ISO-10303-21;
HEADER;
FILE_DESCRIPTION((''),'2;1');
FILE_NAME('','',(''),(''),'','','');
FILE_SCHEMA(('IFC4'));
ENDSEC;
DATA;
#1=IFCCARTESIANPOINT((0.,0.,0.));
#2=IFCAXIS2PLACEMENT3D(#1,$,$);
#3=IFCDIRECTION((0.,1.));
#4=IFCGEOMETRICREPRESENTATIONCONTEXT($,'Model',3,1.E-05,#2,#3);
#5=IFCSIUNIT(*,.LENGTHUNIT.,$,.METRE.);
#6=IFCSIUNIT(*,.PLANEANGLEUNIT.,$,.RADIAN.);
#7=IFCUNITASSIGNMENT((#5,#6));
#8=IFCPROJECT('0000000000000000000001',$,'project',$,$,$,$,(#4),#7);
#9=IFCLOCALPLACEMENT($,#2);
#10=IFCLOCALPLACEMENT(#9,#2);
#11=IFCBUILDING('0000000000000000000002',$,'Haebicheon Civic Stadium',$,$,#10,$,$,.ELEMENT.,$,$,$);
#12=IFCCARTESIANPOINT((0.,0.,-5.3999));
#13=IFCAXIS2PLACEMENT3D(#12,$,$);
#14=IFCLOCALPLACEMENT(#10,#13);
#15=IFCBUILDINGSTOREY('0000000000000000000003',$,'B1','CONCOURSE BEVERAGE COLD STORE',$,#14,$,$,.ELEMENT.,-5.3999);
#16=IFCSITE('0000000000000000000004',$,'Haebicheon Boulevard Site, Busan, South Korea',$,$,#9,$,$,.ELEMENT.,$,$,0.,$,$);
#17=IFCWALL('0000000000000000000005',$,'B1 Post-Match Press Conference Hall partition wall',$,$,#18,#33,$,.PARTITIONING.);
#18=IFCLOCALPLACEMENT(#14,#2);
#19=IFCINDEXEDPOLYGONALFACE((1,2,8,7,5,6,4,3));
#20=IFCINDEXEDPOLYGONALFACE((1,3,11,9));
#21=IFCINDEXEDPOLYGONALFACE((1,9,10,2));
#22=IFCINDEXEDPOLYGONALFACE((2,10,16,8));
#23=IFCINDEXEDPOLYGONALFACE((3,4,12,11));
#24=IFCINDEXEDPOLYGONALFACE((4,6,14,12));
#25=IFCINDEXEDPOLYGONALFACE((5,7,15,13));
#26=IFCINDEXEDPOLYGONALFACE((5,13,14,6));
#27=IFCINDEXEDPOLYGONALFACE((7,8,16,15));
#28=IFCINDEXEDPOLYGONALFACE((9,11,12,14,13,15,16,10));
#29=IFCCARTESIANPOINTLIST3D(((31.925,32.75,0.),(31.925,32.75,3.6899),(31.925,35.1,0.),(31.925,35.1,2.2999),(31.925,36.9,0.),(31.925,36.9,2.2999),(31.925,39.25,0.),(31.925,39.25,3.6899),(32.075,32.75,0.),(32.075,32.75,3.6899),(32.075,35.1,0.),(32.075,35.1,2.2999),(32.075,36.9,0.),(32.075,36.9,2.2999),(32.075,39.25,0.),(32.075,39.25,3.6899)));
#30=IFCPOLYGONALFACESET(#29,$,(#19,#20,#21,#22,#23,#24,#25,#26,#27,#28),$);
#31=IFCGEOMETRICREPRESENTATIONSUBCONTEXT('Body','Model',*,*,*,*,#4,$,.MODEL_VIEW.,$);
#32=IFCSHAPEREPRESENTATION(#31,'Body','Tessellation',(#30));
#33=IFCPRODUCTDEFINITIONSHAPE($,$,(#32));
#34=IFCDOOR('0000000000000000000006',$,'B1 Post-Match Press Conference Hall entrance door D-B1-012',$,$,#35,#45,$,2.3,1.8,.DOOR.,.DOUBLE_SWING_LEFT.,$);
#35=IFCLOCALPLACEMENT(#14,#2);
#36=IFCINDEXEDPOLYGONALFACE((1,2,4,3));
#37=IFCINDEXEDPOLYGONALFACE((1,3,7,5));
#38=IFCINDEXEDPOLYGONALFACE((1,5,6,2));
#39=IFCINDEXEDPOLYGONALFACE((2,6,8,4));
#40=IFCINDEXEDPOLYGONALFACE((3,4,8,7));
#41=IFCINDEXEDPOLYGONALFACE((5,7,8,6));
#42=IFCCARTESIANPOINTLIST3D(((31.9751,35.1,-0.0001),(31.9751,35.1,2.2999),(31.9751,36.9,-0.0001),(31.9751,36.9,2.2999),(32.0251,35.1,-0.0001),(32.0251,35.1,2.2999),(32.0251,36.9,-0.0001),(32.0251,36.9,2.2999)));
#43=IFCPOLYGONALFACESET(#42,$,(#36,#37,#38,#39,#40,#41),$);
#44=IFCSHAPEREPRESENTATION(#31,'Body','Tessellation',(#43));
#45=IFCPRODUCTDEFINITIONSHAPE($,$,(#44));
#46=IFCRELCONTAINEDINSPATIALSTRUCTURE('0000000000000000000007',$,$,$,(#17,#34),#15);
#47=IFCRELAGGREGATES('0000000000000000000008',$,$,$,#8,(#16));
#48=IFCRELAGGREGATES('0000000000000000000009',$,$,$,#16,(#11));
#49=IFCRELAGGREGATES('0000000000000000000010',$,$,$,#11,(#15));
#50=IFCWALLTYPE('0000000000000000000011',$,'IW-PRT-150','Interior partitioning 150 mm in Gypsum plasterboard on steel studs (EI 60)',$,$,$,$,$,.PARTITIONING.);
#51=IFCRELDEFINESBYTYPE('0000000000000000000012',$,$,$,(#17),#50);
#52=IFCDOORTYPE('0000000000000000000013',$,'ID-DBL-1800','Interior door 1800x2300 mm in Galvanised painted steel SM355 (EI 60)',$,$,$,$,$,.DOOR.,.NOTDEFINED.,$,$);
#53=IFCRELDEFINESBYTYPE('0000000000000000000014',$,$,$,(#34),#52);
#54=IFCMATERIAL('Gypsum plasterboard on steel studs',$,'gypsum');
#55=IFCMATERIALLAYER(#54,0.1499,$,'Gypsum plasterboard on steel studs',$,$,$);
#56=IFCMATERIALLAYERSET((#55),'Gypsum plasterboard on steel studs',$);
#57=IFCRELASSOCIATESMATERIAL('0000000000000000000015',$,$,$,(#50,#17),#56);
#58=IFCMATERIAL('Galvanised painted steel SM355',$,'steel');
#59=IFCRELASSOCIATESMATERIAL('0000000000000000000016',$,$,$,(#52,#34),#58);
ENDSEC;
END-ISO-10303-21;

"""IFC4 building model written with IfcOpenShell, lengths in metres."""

from ifc_helpers import new_model, si_unit, direction, frame, frame_2d, origin, place, context, subcontext, project, spatial, rectangle, extrude, material, layer, layer_set, type_object, element, fill, save


model = new_model("IFC4")

# Units and contexts
model_context = context("Model", 3, precision=1e-05, world=origin(), true_north=direction((0.0, 1.0)))
body_context = subcontext(model_context, "Body", "Model", "MODEL_VIEW")
ifc_project = project(units=[si_unit("LENGTHUNIT", "METRE"), si_unit("PLANEANGLEUNIT", "RADIAN")], contexts=[model_context])

# Site, building, storey
site_placement = place(None, origin())
site = spatial("IfcSite", under=ifc_project, at=site_placement, Name="Haebicheon Boulevard Site, Busan, South Korea", CompositionType="ELEMENT", RefElevation=0.0)
building_placement = place(site_placement, origin())
building = spatial("IfcBuilding", under=site, at=building_placement, Name="Haebicheon Civic Stadium", CompositionType="ELEMENT")
storey_placement = place(building_placement, frame((0.0, 0.0, -5.3999)))
storey = spatial("IfcBuildingStorey", under=building, at=storey_placement, Name="B1", Description="CONCOURSE BEVERAGE COLD STORE", CompositionType="ELEMENT", Elevation=-5.3999)

# Wall, opening, door
ifc_material_1 = material(Name="Gypsum plasterboard on steel studs", Category="gypsum")
ifc_layer_1 = layer(ifc_material_1, 0.1499, Name="Gypsum plasterboard on steel studs")
ifc_layer_set_1 = layer_set([ifc_layer_1], Name="Gypsum plasterboard on steel studs")
wall_type_1 = type_object("IfcWallType", Name="IW-PRT-150", Description="Interior partitioning 150 mm in Gypsum plasterboard on steel studs (EI 60)", PredefinedType="PARTITIONING", material=ifc_layer_set_1)
wall_1_placement = place(storey_placement, frame((32.0, 32.75, 0.0), z_axis=(0.0, 0.0, 1.0), x_axis=(0.0, 1.0, 0.0)))
wall_1 = element("IfcWall", 1, at=wall_1_placement, inside=storey, type_object=wall_type_1, material=ifc_layer_set_1, Name="B1 Post-Match Press Conference Hall partition wall", PredefinedType="PARTITIONING", context=body_context, shape_type="SweptSolid", body=[
    extrude(rectangle(XDim=6.5, YDim=0.1499, at=frame_2d((3.25, 0.0))), origin(), (0.0, 0.0, 1.0), 3.6899),
])
opening_1_placement = place(wall_1_placement, frame((2.3501, 0.0, 0.0)))
opening_1 = element("IfcOpeningElement", 2, at=opening_1_placement, cuts=wall_1, PredefinedType="OPENING", context=body_context, shape_type="SweptSolid", body=[
    extrude(rectangle(XDim=1.8, YDim=2.3, at=frame_2d((0.8999, 1.1499))), frame((0.0, 0.085, 0.0), z_axis=(0.0, -1.0, 0.0), x_axis=(1.0, 0.0, 0.0)), (0.0, 0.0, 1.0), 0.1699),
])
ifc_material_2 = material(Name="Galvanised painted steel SM355", Category="steel")
door_type_1 = type_object("IfcDoorType", Name="ID-DBL-1800", Description="Interior door 1800x2300 mm in Galvanised painted steel SM355 (EI 60)", OperationType="NOTDEFINED", PredefinedType="DOOR", material=ifc_material_2)
door_1_placement = place(opening_1_placement, origin())
door_1 = element("IfcDoor", 3, at=door_1_placement, inside=storey, type_object=door_type_1, material=ifc_material_2, Name="B1 Post-Match Press Conference Hall entrance door D-B1-012", OperationType="DOUBLE_SWING_LEFT", OverallHeight=2.3, OverallWidth=1.8, PredefinedType="DOOR", context=body_context, shape_type="SweptSolid", body=[
    extrude(rectangle(XDim=1.8, YDim=2.3, at=frame_2d((0.8999, 1.1499))), frame((0.0, 0.0249, 0.0), z_axis=(0.0, -1.0, 0.0), x_axis=(1.0, 0.0, 0.0)), (0.0, 0.0, 1.0), 0.05),
])
fill(opening_1, door_1)

save(model, "model.ifc")
